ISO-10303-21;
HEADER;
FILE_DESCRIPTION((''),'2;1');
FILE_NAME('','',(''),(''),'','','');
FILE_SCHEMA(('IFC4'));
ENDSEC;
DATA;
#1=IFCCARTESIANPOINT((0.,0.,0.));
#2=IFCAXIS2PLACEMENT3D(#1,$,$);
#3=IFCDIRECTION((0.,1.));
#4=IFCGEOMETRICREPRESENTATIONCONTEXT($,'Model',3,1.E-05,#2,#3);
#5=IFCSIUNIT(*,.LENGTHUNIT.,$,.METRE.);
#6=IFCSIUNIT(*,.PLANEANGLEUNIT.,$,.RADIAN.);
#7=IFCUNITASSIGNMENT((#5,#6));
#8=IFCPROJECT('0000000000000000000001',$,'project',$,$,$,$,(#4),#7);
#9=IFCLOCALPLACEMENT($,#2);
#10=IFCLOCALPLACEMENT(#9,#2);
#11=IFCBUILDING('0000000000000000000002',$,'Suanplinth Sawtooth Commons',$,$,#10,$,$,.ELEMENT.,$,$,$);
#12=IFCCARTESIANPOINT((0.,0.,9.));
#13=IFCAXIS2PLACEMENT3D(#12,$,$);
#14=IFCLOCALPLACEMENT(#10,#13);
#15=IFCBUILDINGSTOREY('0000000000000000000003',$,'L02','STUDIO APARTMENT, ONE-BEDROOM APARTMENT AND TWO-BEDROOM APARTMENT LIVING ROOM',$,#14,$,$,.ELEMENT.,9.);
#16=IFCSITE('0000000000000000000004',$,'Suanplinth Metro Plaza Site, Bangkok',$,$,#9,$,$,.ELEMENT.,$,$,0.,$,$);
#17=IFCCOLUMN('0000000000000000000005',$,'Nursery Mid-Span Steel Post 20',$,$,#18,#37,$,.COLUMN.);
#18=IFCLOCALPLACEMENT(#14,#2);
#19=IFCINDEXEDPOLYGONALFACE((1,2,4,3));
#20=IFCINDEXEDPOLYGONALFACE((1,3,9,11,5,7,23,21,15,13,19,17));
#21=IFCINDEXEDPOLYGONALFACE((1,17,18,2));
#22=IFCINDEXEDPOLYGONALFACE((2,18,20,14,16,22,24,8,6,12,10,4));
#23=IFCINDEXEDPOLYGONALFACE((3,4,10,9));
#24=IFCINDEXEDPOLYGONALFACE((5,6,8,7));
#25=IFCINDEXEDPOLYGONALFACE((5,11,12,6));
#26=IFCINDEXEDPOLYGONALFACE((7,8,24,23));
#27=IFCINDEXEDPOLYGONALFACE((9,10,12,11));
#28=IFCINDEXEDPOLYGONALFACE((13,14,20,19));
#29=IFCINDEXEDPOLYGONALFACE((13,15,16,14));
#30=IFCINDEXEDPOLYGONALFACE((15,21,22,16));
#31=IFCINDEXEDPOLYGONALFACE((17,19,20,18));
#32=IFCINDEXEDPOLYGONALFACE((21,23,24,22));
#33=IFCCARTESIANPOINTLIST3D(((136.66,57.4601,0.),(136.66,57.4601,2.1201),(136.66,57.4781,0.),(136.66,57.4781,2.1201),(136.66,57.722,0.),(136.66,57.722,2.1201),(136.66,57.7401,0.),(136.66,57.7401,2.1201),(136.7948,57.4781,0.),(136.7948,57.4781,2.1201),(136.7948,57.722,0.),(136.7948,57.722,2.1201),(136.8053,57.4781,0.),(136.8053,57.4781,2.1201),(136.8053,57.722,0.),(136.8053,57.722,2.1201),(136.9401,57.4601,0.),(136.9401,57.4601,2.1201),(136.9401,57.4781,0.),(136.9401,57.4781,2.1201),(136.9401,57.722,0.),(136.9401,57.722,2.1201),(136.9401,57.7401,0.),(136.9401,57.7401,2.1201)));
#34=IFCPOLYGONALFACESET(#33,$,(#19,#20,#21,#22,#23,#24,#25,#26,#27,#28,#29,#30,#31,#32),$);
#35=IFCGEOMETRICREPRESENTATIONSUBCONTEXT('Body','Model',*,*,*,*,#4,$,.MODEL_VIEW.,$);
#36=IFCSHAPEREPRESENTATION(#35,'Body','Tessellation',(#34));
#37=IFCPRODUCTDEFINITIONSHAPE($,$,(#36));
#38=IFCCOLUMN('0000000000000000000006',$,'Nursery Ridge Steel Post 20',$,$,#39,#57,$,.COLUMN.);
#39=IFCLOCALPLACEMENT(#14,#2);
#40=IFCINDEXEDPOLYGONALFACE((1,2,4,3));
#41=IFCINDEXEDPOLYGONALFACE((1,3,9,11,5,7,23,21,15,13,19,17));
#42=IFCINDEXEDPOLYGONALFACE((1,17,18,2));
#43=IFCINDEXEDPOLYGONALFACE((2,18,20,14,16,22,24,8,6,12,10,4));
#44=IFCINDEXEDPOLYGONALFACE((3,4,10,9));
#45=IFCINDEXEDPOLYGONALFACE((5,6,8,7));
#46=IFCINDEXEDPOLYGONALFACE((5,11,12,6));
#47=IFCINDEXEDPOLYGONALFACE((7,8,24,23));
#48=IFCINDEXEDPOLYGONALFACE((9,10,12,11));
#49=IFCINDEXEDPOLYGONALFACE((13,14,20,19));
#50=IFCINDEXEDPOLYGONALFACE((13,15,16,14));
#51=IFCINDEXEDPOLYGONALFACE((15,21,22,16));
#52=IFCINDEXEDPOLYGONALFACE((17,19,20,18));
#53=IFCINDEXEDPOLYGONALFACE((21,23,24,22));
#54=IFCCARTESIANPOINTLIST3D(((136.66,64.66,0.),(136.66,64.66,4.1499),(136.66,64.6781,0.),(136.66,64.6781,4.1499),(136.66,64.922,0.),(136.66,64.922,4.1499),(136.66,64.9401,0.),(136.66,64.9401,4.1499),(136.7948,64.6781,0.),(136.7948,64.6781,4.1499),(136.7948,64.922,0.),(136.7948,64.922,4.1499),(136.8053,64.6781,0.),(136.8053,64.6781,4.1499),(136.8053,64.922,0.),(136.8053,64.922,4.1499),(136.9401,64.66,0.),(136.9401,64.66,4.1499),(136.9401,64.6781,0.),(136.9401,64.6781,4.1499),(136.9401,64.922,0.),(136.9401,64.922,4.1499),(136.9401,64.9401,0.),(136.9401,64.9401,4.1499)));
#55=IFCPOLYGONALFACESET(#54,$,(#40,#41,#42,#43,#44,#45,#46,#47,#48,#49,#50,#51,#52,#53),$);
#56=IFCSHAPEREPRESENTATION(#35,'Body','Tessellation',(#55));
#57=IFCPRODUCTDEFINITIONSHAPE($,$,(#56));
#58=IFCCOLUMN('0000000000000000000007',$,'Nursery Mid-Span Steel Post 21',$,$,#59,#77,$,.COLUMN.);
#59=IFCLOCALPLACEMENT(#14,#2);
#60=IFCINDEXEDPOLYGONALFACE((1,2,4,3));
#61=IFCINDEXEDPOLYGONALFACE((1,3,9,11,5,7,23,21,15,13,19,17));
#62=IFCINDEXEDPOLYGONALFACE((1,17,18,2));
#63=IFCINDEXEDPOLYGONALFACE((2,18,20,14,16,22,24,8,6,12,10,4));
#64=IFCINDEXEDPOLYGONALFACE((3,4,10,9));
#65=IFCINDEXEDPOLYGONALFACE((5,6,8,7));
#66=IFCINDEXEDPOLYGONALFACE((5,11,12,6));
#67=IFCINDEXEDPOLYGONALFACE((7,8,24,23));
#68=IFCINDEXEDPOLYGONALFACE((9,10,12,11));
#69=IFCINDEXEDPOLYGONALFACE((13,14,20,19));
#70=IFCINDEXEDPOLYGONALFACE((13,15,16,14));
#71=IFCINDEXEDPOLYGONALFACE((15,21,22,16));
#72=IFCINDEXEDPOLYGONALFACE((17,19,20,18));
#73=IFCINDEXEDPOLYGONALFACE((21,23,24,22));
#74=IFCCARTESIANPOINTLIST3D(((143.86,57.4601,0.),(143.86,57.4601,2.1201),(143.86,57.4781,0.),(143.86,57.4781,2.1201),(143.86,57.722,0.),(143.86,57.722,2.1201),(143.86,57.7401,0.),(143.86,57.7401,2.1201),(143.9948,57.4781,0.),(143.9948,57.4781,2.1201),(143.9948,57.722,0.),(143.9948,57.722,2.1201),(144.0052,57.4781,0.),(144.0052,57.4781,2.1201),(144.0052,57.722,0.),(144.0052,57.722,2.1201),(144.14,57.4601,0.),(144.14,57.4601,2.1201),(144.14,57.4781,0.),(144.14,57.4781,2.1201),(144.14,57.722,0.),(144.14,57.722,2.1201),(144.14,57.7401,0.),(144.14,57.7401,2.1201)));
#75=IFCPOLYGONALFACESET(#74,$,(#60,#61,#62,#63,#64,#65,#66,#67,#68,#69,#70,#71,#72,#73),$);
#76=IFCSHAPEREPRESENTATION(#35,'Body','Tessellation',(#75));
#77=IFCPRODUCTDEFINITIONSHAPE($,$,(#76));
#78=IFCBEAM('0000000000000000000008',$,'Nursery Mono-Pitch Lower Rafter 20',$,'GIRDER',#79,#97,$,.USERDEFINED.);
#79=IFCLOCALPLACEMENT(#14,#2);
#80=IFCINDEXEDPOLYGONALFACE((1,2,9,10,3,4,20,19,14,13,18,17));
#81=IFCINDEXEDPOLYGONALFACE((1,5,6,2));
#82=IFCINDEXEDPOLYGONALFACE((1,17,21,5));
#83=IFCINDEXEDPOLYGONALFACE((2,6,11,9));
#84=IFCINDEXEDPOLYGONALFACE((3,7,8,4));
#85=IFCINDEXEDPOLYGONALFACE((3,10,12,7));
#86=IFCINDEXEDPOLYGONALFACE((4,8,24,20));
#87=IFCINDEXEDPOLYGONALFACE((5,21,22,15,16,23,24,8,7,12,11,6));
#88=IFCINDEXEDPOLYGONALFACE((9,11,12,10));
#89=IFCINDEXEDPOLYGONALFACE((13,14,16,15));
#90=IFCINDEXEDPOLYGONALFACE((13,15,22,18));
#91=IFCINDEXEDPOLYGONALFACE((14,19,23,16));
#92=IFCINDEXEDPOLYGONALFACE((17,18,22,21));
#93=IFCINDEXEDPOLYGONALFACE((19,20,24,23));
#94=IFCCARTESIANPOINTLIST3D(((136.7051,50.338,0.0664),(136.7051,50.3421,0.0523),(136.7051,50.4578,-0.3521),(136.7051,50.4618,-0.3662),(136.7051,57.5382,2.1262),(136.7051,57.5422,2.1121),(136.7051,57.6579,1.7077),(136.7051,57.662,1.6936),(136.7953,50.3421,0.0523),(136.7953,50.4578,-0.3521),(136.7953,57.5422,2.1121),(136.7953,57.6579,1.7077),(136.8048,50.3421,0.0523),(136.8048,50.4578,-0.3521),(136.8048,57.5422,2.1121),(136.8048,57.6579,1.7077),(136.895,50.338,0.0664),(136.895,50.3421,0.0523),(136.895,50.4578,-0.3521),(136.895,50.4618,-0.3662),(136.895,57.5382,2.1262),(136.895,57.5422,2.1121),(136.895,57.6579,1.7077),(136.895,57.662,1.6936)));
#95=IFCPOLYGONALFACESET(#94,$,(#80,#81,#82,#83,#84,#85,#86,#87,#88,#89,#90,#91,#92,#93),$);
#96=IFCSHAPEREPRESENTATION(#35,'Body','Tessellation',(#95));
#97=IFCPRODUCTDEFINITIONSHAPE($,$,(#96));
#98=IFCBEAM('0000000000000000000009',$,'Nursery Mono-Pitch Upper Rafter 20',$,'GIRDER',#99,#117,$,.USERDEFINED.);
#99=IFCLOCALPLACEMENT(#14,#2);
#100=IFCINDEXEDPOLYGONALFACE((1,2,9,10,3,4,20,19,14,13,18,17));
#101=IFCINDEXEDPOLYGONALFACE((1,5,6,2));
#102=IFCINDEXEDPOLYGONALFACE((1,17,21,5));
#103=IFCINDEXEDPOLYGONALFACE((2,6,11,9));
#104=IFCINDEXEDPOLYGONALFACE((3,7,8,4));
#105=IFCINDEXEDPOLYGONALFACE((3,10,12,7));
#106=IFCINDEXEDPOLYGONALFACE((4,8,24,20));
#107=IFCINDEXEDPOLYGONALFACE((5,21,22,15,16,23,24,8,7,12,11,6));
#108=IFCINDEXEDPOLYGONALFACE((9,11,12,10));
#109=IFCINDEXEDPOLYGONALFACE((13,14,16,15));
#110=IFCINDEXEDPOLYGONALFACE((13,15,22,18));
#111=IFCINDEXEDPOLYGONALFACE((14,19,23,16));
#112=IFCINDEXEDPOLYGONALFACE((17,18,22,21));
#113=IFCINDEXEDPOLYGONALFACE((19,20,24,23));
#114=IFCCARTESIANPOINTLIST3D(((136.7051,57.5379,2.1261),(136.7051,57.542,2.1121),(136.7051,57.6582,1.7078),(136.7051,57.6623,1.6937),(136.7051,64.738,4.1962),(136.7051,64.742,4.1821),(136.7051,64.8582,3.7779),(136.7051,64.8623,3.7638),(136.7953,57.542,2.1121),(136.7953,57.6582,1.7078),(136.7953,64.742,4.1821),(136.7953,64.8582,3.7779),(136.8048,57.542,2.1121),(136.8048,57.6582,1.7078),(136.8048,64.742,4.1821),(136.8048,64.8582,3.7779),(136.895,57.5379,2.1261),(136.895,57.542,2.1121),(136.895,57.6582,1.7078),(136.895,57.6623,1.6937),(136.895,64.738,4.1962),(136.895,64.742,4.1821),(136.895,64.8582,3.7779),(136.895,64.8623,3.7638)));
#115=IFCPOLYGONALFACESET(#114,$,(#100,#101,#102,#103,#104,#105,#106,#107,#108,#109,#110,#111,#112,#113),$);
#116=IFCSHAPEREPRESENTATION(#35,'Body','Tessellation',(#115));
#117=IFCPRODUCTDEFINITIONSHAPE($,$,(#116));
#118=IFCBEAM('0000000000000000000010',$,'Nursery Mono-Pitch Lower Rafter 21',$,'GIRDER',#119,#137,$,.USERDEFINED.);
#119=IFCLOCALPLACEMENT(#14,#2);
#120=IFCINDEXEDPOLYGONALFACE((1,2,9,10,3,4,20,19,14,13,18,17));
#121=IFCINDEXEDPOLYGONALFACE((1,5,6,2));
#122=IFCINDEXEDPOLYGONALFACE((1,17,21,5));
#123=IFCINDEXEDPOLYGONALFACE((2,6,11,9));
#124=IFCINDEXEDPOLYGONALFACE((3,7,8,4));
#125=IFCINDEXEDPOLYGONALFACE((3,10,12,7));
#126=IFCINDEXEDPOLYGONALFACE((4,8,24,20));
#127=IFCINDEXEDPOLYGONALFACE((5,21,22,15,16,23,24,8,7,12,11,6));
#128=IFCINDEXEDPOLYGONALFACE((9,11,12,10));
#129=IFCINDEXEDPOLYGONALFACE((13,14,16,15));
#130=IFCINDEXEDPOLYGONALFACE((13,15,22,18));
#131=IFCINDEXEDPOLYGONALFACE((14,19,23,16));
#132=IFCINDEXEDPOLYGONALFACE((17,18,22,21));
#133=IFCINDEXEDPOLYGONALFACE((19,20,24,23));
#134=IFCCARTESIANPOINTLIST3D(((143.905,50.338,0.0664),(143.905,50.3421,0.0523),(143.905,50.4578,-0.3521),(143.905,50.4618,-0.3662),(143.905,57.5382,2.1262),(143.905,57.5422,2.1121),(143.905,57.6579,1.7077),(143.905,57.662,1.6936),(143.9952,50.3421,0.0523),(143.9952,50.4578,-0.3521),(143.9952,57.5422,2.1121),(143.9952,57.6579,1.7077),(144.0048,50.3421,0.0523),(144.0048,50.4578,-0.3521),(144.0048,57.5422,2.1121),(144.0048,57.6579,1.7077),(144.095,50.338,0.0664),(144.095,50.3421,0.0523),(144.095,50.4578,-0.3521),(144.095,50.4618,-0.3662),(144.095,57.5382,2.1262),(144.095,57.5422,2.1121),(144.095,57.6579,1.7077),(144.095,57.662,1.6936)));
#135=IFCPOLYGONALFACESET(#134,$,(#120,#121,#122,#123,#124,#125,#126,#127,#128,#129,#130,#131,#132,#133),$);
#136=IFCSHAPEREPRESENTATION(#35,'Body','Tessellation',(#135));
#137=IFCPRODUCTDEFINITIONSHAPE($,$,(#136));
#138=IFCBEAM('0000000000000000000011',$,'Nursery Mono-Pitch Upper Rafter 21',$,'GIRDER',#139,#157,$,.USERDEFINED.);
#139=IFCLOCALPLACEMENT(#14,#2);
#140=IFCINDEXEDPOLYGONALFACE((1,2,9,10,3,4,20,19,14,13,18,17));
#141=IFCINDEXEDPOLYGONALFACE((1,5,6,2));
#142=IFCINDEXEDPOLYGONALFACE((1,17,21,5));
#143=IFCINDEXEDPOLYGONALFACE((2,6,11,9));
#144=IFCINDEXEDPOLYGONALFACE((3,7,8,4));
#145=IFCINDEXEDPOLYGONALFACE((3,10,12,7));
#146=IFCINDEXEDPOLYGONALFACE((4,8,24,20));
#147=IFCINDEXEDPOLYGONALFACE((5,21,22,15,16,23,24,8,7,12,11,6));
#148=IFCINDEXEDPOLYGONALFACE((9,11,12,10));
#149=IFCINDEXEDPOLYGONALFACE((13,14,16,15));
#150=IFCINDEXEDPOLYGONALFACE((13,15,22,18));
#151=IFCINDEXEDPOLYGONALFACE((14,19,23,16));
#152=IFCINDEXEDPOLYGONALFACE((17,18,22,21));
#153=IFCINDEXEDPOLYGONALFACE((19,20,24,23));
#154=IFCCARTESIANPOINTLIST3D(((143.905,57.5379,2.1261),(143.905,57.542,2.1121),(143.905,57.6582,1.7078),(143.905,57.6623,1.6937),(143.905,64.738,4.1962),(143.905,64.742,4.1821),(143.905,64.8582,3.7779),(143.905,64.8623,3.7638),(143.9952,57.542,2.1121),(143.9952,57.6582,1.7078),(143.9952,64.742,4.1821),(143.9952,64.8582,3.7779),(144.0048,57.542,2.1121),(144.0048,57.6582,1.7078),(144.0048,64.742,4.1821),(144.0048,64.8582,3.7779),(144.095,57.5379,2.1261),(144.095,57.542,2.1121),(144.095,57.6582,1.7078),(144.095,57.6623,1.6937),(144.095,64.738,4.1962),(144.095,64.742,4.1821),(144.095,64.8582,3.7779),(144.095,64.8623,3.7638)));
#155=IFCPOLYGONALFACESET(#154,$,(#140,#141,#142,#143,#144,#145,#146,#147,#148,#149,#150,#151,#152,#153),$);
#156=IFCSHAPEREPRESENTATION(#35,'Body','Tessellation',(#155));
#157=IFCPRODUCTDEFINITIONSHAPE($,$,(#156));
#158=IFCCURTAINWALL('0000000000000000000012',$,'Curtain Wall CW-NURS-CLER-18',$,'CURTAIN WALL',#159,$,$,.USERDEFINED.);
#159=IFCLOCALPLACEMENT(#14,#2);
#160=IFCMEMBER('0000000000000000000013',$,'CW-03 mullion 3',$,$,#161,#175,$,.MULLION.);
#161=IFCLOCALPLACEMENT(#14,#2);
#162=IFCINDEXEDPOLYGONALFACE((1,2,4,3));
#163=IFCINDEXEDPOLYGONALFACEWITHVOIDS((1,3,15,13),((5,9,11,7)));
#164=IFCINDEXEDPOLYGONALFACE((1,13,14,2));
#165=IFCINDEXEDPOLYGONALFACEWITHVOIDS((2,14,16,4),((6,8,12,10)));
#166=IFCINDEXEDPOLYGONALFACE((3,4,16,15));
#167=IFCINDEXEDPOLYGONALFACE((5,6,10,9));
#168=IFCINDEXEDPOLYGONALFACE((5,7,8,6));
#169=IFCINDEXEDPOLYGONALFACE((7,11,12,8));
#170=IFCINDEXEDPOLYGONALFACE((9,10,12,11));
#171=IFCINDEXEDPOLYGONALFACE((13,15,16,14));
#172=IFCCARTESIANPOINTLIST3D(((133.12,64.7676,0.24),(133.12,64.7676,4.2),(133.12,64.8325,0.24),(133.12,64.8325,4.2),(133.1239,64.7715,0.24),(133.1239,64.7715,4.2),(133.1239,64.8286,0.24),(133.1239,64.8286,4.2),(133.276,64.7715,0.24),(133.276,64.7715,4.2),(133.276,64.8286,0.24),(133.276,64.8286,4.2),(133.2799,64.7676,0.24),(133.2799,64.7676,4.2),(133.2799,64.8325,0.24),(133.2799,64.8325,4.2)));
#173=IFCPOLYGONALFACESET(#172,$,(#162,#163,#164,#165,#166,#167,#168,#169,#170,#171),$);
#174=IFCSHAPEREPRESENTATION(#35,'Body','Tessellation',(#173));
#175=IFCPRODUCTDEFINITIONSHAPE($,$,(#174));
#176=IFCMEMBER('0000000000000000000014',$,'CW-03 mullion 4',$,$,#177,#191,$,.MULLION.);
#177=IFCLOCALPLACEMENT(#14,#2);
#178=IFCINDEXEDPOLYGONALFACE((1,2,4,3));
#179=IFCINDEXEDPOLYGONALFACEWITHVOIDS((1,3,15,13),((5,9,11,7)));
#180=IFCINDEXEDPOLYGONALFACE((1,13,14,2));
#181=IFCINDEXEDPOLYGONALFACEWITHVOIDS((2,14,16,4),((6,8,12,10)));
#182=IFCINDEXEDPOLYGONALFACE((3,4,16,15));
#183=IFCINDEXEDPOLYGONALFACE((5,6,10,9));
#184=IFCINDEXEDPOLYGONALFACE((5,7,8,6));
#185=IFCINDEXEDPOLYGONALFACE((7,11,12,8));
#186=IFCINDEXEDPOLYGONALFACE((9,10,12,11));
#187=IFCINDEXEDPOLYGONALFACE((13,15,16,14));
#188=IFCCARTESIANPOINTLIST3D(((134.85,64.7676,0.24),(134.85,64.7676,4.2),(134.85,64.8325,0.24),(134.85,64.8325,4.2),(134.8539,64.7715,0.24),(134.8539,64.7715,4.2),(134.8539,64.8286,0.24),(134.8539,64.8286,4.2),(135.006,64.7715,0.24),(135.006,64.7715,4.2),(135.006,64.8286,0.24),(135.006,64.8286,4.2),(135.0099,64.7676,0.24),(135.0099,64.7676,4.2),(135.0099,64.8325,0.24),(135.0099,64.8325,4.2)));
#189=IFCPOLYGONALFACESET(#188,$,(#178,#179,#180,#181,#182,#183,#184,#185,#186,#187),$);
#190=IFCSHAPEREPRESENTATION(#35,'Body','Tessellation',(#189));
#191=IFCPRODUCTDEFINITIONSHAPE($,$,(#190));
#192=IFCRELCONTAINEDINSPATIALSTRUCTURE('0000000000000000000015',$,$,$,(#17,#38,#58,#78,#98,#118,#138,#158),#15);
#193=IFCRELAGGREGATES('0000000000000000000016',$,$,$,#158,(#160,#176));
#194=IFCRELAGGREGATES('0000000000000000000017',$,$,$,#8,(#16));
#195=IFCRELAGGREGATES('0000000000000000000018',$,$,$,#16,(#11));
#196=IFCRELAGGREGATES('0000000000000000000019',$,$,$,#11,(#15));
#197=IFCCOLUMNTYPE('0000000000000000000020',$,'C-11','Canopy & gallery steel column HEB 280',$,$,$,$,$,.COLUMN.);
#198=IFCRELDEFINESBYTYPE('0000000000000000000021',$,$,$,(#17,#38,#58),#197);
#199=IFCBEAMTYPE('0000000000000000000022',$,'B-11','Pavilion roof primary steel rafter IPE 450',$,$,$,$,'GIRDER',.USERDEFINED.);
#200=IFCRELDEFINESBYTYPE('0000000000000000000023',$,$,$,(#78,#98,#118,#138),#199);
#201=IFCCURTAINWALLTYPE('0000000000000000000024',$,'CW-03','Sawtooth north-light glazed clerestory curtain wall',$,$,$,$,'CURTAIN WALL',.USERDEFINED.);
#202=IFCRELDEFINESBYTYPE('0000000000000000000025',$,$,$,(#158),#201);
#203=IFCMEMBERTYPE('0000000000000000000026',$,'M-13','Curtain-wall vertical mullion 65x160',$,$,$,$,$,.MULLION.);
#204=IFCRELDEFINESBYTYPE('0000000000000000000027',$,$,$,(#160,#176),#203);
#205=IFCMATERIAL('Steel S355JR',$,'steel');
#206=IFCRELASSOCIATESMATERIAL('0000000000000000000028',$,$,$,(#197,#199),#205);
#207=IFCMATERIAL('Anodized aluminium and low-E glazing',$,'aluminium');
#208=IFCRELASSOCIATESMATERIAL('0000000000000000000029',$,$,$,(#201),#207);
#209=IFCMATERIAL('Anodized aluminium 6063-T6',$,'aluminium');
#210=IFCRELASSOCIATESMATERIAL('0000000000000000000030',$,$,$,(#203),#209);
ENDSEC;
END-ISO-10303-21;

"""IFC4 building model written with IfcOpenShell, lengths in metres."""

from ifc_helpers import new_model, si_unit, direction, frame, origin, origin_2d, place, context, subcontext, project, spatial, hollow_rectangle, i_section, extrude, material, material_profile, profile_set, type_object, element, aggregate, save


model = new_model("IFC4")

# Units and contexts
model_context = context("Model", 3, precision=1e-05, world=origin(), true_north=direction((0.0, 1.0)))
body_context = subcontext(model_context, "Body", "Model", "MODEL_VIEW")
ifc_project = project(units=[si_unit("LENGTHUNIT", "METRE"), si_unit("PLANEANGLEUNIT", "RADIAN")], contexts=[model_context])

# Site, building, storey
site_placement = place(None, origin())
site = spatial("IfcSite", under=ifc_project, at=site_placement, Name="Suanplinth Metro Plaza Site, Bangkok", CompositionType="ELEMENT", RefElevation=0.0)
building_placement = place(site_placement, origin())
building = spatial("IfcBuilding", under=site, at=building_placement, Name="Suanplinth Sawtooth Commons", CompositionType="ELEMENT")
storey_placement = place(building_placement, frame((0.0, 0.0, 9.0)))
storey = spatial("IfcBuildingStorey", under=building, at=storey_placement, Name="L02", Description="STUDIO APARTMENT, ONE-BEDROOM APARTMENT AND TWO-BEDROOM APARTMENT LIVING ROOM", CompositionType="ELEMENT", Elevation=9.0)

# Columns
ifc_material_1 = material(Name="Steel S355JR", Category="steel")
ifc_material_profile_1 = material_profile(ifc_material_1, i_section(OverallWidth=0.28, OverallDepth=0.28, WebThickness=0.0105, FlangeThickness=0.0181, at=origin_2d()), Name="HEB 280")
ifc_profile_set_1 = profile_set([ifc_material_profile_1], Name="Steel S355JR")
column_type = type_object("IfcColumnType", Name="C-11", Description="Canopy & gallery steel column HEB 280", PredefinedType="COLUMN", material=ifc_profile_set_1)
column_1_placement = place(storey_placement, frame((136.8, 57.6001, 0.0), z_axis=(0.0, 0.0, 1.0), x_axis=(1.0, 0.0, 0.0)))
element("IfcColumn", 1, at=column_1_placement, inside=storey, type_object=column_type, Name="Nursery Mid-Span Steel Post 20", PredefinedType="COLUMN", context=body_context, shape_type="SweptSolid", body=[
    extrude(i_section(OverallWidth=0.28, OverallDepth=0.28, WebThickness=0.0105, FlangeThickness=0.0181, at=origin_2d()), origin(), (0.0, 0.0, 1.0), 2.1201),
])
column_2_placement = place(storey_placement, frame((136.8, 64.8, 0.0), z_axis=(0.0, 0.0, 1.0), x_axis=(1.0, 0.0, 0.0)))
element("IfcColumn", 2, at=column_2_placement, inside=storey, type_object=column_type, Name="Nursery Ridge Steel Post 20", PredefinedType="COLUMN", context=body_context, shape_type="SweptSolid", body=[
    extrude(i_section(OverallWidth=0.28, OverallDepth=0.28, WebThickness=0.0105, FlangeThickness=0.0181, at=origin_2d()), origin(), (0.0, 0.0, 1.0), 4.1499),
])
column_3_placement = place(storey_placement, frame((144.0, 57.6001, 0.0), z_axis=(0.0, 0.0, 1.0), x_axis=(1.0, 0.0, 0.0)))
element("IfcColumn", 3, at=column_3_placement, inside=storey, type_object=column_type, Name="Nursery Mid-Span Steel Post 21", PredefinedType="COLUMN", context=body_context, shape_type="SweptSolid", body=[
    extrude(i_section(OverallWidth=0.28, OverallDepth=0.28, WebThickness=0.0105, FlangeThickness=0.0181, at=origin_2d()), origin(), (0.0, 0.0, 1.0), 2.1201),
])

# Beams
ifc_material_profile_2 = material_profile(ifc_material_1, i_section(OverallWidth=0.1899, OverallDepth=0.45, WebThickness=0.0095, FlangeThickness=0.0146, at=origin_2d()), Name="IPE 450")
ifc_profile_set_2 = profile_set([ifc_material_profile_2], Name="Steel S355JR")
beam_type = type_object("IfcBeamType", Name="B-11", Description="Pavilion roof primary steel rafter IPE 450", ElementType="GIRDER", PredefinedType="USERDEFINED", material=ifc_profile_set_2)
beam_1_placement = place(storey_placement, frame((136.8, 50.3999, -0.1499), z_axis=(0.0, 0.961432, 0.275044), x_axis=(-1.0, 0.0, 0.0)))
element("IfcBeam", 4, at=beam_1_placement, inside=storey, type_object=beam_type, Name="Nursery Mono-Pitch Lower Rafter 20", ObjectType="GIRDER", PredefinedType="USERDEFINED", context=body_context, shape_type="SweptSolid", body=[
    extrude(i_section(OverallWidth=0.1899, OverallDepth=0.45, WebThickness=0.0095, FlangeThickness=0.0146, at=origin_2d()), origin(), (0.0, 0.0, 1.0), 7.489),
])
beam_2_placement = place(storey_placement, frame((136.8, 57.6001, 1.9099), z_axis=(0.0, 0.961066, 0.276318), x_axis=(-1.0, 0.0, 0.0)))
element("IfcBeam", 5, at=beam_2_placement, inside=storey, type_object=beam_type, Name="Nursery Mono-Pitch Upper Rafter 20", ObjectType="GIRDER", PredefinedType="USERDEFINED", context=body_context, shape_type="SweptSolid", body=[
    extrude(i_section(OverallWidth=0.1899, OverallDepth=0.45, WebThickness=0.0095, FlangeThickness=0.0146, at=origin_2d()), origin(), (0.0, 0.0, 1.0), 7.4917),
])
beam_3_placement = place(storey_placement, frame((144.0, 50.3999, -0.1499), z_axis=(0.0, 0.961432, 0.275044), x_axis=(-1.0, 0.0, 0.0)))
element("IfcBeam", 6, at=beam_3_placement, inside=storey, type_object=beam_type, Name="Nursery Mono-Pitch Lower Rafter 21", ObjectType="GIRDER", PredefinedType="USERDEFINED", context=body_context, shape_type="SweptSolid", body=[
    extrude(i_section(OverallWidth=0.1899, OverallDepth=0.45, WebThickness=0.0095, FlangeThickness=0.0146, at=origin_2d()), origin(), (0.0, 0.0, 1.0), 7.489),
])
beam_4_placement = place(storey_placement, frame((144.0, 57.6001, 1.9099), z_axis=(0.0, 0.961066, 0.276318), x_axis=(-1.0, 0.0, 0.0)))
element("IfcBeam", 7, at=beam_4_placement, inside=storey, type_object=beam_type, Name="Nursery Mono-Pitch Upper Rafter 21", ObjectType="GIRDER", PredefinedType="USERDEFINED", context=body_context, shape_type="SweptSolid", body=[
    extrude(i_section(OverallWidth=0.1899, OverallDepth=0.45, WebThickness=0.0095, FlangeThickness=0.0146, at=origin_2d()), origin(), (0.0, 0.0, 1.0), 7.4917),
])

# Curtain wall, members
ifc_material_2 = material(Name="Anodized aluminium and low-E glazing", Category="aluminium")
curtain_wall_type = type_object("IfcCurtainWallType", Name="CW-03", Description="Sawtooth north-light glazed clerestory curtain wall", ElementType="CURTAIN WALL", PredefinedType="USERDEFINED", material=ifc_material_2)
curtain_wall_1_placement = place(storey_placement, origin())
curtain_wall_1 = element("IfcCurtainWall", 8, at=curtain_wall_1_placement, inside=storey, type_object=curtain_wall_type, Name="Curtain Wall CW-NURS-CLER-18", ObjectType="CURTAIN WALL", PredefinedType="USERDEFINED")
ifc_material_3 = material(Name="Anodized aluminium 6063-T6", Category="aluminium")
ifc_material_profile_3 = material_profile(ifc_material_3, hollow_rectangle(XDim=0.0649, YDim=0.1599, WallThickness=0.0039, at=origin_2d()), Name="ALU-MUL 65x160")
ifc_profile_set_3 = profile_set([ifc_material_profile_3], Name="Anodized aluminium 6063-T6")
member_type_1 = type_object("IfcMemberType", Name="M-13", Description="Curtain-wall vertical mullion 65x160", PredefinedType="MULLION", material=ifc_profile_set_3)
member_1_placement = place(storey_placement, frame((133.2, 64.8, 0.24), z_axis=(0.0, 0.0, 1.0), x_axis=(0.0, 1.0, 0.0)))
member_1 = element("IfcMember", 9, at=member_1_placement, type_object=member_type_1, Name="CW-03 mullion 3", PredefinedType="MULLION", context=body_context, shape_type="SweptSolid", body=[
    extrude(hollow_rectangle(XDim=0.0649, YDim=0.1599, WallThickness=0.0039, at=origin_2d()), origin(), (0.0, 0.0, 1.0), 3.96),
])
member_2_placement = place(storey_placement, frame((134.9299, 64.8, 0.24), z_axis=(0.0, 0.0, 1.0), x_axis=(0.0, 1.0, 0.0)))
member_2 = element("IfcMember", 10, at=member_2_placement, type_object=member_type_1, Name="CW-03 mullion 4", PredefinedType="MULLION", context=body_context, shape_type="SweptSolid", body=[
    extrude(hollow_rectangle(XDim=0.0649, YDim=0.1599, WallThickness=0.0039, at=origin_2d()), origin(), (0.0, 0.0, 1.0), 3.96),
])

aggregate(curtain_wall_1, [member_1, member_2])

save(model, "model.ifc")
